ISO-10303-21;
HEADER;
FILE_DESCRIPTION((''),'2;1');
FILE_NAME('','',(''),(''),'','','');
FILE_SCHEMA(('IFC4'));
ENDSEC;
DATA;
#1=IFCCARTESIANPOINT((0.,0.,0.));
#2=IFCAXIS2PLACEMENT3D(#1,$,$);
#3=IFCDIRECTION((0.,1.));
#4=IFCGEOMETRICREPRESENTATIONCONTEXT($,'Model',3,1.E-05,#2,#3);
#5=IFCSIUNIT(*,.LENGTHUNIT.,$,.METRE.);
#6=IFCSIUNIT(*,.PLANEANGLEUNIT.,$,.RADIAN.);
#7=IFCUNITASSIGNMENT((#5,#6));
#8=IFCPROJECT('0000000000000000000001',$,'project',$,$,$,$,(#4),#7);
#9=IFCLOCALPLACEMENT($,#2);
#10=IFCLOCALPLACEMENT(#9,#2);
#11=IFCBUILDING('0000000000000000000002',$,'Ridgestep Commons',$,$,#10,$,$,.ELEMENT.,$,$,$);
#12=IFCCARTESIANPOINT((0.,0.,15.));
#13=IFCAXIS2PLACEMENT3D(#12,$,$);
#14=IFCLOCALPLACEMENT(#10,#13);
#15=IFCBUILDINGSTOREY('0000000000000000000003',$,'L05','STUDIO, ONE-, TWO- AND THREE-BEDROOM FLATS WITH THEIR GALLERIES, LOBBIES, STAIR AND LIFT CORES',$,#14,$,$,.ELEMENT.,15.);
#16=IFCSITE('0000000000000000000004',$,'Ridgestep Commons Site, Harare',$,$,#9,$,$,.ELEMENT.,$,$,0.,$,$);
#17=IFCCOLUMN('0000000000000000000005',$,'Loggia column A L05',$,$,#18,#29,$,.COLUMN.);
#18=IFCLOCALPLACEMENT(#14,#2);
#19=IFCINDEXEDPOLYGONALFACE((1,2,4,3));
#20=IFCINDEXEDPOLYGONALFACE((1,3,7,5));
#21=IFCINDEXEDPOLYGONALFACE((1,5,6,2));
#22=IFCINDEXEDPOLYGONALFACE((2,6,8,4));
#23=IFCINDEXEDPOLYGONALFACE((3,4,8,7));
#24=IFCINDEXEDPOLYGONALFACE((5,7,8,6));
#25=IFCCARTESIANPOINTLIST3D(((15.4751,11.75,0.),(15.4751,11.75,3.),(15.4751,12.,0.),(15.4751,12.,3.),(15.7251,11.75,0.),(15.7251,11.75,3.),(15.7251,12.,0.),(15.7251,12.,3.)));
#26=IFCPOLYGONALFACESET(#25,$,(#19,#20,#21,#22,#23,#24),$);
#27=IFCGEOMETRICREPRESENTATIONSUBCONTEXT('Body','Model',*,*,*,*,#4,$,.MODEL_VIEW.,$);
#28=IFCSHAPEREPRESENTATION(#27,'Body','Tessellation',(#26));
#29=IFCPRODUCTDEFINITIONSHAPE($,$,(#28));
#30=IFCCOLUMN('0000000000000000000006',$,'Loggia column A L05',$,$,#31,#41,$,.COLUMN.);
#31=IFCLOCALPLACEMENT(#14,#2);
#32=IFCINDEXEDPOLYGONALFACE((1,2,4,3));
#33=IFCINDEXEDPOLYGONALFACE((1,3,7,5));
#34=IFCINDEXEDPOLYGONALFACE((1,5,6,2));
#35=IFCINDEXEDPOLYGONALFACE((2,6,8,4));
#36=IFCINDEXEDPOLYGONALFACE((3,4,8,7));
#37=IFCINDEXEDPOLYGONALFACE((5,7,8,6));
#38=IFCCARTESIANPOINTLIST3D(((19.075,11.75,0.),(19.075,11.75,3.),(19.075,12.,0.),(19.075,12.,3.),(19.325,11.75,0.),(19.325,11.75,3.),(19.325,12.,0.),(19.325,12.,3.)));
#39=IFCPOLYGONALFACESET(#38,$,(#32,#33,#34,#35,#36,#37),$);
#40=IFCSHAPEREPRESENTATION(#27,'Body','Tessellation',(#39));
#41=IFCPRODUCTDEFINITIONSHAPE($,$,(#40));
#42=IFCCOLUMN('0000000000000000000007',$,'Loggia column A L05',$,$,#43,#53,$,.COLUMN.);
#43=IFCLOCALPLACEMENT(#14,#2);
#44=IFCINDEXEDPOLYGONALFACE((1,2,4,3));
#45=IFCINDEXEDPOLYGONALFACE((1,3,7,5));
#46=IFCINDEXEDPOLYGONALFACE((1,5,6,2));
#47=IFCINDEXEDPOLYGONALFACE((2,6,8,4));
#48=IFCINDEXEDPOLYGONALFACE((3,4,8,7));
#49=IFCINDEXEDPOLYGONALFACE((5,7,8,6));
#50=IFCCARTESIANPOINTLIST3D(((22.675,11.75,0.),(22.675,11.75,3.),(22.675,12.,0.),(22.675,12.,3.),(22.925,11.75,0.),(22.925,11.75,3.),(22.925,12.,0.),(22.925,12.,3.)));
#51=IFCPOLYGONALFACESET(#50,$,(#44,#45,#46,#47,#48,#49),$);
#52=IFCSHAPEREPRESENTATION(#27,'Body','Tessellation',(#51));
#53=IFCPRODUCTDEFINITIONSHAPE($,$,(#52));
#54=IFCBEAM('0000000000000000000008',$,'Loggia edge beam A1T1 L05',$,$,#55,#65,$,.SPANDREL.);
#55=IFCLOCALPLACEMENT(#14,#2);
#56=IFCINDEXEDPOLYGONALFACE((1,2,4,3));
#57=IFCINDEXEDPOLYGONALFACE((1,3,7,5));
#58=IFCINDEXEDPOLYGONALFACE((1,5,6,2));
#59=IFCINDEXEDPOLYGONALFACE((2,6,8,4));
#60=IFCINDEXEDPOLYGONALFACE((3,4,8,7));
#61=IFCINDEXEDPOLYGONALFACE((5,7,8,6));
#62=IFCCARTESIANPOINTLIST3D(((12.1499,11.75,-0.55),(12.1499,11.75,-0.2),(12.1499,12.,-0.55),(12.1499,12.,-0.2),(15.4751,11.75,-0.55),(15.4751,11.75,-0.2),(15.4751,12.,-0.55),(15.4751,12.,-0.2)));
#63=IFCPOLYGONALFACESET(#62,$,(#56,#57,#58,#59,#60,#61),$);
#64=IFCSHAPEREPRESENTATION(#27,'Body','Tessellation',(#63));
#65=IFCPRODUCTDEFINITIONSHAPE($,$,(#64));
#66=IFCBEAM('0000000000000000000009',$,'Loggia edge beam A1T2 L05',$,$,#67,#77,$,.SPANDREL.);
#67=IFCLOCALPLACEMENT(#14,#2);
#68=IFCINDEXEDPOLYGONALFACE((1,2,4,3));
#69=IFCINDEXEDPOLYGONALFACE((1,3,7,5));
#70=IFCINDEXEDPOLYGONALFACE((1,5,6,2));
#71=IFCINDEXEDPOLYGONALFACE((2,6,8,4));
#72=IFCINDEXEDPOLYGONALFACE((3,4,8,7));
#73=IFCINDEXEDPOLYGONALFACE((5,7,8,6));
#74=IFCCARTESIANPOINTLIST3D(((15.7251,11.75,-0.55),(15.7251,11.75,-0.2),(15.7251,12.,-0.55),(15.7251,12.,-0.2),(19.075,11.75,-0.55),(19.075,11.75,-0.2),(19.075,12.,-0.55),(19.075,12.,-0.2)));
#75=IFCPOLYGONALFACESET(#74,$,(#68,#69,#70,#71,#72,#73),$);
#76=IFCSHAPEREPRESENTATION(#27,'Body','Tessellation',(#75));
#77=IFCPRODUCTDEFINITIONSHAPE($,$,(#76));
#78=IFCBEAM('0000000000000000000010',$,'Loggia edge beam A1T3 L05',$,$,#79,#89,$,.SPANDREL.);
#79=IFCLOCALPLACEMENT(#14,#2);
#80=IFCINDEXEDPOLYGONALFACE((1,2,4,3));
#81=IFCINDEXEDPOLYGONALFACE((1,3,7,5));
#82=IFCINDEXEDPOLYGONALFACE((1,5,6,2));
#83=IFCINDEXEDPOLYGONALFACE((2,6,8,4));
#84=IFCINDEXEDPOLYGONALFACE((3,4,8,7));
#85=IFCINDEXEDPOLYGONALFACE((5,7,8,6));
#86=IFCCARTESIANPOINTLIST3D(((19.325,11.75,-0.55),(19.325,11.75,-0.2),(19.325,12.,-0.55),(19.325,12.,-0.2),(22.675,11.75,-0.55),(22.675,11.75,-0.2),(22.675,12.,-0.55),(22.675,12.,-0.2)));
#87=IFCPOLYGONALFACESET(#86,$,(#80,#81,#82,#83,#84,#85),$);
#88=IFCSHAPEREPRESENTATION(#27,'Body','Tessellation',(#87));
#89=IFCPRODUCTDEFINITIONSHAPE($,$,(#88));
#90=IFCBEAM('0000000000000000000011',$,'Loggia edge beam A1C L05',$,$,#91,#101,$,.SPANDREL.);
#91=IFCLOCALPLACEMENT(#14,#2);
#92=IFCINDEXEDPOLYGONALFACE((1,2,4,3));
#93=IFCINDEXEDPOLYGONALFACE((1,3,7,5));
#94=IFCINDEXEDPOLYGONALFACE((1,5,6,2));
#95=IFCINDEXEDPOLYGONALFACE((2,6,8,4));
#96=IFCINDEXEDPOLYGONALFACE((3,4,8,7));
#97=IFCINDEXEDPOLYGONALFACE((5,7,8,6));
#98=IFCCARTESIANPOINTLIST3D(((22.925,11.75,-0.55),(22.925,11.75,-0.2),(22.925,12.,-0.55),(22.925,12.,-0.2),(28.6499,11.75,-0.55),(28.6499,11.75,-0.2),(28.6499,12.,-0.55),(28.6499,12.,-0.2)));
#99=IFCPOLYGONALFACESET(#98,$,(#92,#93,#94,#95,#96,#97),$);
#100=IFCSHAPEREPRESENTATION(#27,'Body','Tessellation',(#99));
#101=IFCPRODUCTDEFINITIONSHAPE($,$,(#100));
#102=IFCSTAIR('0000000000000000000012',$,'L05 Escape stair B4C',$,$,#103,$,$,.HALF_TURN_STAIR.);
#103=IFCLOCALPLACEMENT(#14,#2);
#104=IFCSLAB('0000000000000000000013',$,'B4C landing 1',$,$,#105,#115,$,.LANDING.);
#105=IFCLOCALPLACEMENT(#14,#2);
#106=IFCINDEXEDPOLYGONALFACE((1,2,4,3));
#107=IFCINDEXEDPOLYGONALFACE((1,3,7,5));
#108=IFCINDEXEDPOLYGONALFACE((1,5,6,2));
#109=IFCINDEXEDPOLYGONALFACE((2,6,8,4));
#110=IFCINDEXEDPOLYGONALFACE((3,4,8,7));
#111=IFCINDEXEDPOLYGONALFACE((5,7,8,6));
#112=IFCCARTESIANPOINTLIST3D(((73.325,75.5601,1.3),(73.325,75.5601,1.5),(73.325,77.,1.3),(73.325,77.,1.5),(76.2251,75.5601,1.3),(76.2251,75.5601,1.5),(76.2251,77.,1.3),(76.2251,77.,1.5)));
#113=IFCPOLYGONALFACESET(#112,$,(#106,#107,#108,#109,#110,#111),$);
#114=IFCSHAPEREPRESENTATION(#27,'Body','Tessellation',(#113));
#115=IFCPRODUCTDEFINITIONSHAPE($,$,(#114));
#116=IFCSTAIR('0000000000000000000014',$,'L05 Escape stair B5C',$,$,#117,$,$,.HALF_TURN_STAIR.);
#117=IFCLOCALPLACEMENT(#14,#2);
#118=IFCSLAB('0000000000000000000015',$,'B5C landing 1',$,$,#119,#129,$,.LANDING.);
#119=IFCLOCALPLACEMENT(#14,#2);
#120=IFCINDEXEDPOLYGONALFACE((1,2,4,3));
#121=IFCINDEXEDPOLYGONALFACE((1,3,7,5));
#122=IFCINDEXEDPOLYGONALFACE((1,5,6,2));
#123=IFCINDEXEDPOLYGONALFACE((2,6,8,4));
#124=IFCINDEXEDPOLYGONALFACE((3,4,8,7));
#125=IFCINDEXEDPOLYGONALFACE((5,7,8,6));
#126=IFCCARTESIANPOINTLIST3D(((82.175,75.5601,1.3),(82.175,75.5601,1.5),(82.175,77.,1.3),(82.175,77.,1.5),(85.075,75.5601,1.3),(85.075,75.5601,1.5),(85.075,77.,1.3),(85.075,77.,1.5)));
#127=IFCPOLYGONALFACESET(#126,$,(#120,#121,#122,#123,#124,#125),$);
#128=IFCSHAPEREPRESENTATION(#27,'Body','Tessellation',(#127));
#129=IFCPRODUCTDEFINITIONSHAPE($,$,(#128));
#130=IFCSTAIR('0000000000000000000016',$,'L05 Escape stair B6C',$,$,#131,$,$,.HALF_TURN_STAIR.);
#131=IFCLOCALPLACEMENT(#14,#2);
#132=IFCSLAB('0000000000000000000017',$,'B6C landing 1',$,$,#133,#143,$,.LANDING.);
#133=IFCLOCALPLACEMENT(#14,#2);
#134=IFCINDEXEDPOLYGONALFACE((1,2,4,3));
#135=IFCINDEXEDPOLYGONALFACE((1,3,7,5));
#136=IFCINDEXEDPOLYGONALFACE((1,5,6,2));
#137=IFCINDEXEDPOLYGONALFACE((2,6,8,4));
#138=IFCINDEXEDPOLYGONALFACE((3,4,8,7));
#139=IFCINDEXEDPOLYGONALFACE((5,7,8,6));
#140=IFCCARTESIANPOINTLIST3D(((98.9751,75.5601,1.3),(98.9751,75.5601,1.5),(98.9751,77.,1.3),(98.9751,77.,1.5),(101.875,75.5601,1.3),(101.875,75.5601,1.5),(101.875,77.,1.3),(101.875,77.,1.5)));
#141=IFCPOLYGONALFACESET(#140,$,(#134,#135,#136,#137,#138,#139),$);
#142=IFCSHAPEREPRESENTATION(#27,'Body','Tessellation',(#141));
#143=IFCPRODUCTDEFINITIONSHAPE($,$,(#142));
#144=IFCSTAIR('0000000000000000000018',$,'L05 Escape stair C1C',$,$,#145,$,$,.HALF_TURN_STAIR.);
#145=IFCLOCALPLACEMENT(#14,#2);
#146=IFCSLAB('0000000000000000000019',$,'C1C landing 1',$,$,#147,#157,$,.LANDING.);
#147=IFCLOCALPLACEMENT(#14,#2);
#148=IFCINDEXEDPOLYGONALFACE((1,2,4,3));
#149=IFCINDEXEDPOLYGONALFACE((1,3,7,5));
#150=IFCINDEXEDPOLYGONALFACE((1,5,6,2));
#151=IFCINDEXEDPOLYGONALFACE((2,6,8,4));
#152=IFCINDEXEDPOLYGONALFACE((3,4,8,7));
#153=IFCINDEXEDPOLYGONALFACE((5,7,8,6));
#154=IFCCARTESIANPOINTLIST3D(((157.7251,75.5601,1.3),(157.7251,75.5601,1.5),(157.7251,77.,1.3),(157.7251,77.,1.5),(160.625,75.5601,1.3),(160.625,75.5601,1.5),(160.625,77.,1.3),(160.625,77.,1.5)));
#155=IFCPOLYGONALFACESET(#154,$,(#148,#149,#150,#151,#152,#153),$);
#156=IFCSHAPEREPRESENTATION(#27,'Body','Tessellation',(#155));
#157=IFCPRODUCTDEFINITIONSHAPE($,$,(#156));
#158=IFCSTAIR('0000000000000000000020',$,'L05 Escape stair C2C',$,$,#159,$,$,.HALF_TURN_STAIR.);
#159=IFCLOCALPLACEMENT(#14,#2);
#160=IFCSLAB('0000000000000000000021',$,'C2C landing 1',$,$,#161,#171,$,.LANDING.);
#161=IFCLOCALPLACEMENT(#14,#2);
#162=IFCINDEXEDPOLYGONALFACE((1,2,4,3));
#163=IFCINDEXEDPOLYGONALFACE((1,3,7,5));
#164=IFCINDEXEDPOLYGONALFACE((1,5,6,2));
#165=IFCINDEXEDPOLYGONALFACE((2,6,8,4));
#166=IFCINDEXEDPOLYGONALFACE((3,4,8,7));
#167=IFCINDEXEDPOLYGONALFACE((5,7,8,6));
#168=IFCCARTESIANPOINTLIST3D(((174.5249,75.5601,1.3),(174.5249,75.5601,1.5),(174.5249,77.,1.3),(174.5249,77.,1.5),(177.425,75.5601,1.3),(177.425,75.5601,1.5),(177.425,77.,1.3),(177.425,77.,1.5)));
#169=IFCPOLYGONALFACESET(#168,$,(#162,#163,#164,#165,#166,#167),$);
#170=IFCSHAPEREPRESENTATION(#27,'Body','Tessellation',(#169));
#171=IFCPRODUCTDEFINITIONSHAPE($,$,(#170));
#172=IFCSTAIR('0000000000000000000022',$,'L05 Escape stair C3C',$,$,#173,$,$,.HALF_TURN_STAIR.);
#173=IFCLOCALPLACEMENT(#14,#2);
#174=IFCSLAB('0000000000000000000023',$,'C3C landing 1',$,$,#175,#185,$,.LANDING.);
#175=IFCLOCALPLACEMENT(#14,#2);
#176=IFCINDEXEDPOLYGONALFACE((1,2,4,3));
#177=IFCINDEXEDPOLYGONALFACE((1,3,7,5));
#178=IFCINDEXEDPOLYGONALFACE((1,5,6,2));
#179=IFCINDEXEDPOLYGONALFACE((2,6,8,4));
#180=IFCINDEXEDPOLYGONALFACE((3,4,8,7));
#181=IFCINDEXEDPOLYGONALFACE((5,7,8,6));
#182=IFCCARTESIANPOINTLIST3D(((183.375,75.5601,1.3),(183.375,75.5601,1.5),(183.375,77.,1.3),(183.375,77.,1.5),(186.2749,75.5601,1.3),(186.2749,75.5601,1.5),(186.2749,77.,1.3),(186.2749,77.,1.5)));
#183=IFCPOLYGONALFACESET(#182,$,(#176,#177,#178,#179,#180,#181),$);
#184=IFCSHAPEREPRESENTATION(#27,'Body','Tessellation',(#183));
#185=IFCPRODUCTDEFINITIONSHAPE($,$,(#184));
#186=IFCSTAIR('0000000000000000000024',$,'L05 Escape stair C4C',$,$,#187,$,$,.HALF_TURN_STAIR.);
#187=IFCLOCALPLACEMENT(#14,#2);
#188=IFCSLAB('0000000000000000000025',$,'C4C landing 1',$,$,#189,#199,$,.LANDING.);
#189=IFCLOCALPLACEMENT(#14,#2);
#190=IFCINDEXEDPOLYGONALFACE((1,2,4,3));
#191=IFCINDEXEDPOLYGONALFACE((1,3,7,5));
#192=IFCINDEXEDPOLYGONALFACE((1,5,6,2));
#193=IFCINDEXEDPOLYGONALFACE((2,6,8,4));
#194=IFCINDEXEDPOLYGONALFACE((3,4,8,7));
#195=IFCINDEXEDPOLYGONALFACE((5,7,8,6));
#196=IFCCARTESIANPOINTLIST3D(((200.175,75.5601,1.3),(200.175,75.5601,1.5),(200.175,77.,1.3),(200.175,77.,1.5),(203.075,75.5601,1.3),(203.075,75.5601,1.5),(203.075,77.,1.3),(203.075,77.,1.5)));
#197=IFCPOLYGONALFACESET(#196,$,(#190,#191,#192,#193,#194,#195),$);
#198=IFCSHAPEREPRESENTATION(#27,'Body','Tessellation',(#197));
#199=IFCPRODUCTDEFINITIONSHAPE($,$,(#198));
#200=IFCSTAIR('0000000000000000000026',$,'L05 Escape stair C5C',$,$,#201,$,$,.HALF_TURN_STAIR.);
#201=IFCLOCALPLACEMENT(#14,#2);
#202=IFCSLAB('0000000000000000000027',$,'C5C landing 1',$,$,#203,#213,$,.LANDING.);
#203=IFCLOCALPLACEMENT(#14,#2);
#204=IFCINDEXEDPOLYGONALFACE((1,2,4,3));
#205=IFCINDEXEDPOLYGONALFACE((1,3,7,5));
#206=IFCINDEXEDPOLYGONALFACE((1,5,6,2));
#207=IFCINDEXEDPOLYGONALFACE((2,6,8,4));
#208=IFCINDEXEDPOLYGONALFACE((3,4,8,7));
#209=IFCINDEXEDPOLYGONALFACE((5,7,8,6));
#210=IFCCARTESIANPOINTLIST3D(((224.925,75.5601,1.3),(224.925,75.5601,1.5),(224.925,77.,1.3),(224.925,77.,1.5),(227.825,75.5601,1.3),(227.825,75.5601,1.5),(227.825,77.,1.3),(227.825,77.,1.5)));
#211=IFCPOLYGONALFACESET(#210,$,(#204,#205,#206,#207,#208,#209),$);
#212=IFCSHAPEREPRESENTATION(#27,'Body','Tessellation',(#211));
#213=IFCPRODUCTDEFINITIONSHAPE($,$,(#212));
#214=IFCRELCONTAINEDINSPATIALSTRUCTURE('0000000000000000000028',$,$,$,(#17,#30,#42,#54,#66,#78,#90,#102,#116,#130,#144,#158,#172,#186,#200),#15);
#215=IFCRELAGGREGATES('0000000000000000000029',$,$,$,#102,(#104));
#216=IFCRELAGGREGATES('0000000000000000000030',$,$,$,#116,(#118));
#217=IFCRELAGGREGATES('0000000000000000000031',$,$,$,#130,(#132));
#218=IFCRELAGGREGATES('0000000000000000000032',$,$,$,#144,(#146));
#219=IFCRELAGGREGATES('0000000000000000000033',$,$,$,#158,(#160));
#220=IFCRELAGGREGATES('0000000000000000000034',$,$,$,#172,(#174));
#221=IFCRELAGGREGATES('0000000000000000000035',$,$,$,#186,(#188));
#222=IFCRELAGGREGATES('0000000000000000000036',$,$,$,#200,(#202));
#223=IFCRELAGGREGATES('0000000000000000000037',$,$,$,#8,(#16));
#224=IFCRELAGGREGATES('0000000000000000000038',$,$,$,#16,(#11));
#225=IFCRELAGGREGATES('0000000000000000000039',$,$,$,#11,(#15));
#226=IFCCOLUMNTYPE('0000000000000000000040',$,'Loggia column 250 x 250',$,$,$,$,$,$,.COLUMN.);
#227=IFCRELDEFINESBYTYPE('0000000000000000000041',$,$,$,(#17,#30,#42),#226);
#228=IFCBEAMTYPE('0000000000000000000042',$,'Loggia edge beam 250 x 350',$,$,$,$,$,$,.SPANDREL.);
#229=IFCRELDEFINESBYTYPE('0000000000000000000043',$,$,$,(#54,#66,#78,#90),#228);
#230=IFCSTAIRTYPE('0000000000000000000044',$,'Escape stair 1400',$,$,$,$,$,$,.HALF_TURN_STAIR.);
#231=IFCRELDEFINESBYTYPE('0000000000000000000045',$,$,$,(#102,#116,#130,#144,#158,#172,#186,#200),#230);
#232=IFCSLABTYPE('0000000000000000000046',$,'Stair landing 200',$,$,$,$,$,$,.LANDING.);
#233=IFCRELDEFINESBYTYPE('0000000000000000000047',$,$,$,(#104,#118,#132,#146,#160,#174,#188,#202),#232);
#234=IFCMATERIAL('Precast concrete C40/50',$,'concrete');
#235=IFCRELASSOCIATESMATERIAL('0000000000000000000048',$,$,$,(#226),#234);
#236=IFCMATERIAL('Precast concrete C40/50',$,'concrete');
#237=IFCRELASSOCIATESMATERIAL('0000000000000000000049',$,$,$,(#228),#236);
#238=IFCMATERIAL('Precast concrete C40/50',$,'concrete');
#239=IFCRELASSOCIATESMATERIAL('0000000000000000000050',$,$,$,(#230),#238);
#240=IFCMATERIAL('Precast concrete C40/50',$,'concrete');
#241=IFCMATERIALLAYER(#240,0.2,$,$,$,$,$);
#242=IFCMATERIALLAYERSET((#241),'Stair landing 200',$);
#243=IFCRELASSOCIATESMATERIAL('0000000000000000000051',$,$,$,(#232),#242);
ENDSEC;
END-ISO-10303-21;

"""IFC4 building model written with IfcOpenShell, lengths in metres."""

from ifc_helpers import new_model, si_unit, direction, frame, origin, origin_2d, place, context, subcontext, project, spatial, polyline, rectangle, outline, extrude, material, layer, layer_set, material_profile, profile_set, type_object, element, aggregate, save


model = new_model("IFC4")

# Units and contexts
model_context = context("Model", 3, precision=1e-05, world=origin(), true_north=direction((0.0, 1.0)))
body_context = subcontext(model_context, "Body", "Model", "MODEL_VIEW")
ifc_project = project(units=[si_unit("LENGTHUNIT", "METRE"), si_unit("PLANEANGLEUNIT", "RADIAN")], contexts=[model_context])

# Site, building, storey
site_placement = place(None, origin())
site = spatial("IfcSite", under=ifc_project, at=site_placement, Name="Ridgestep Commons Site, Harare", CompositionType="ELEMENT", RefElevation=0.0)
building_placement = place(site_placement, origin())
building = spatial("IfcBuilding", under=site, at=building_placement, Name="Ridgestep Commons", CompositionType="ELEMENT")
storey_placement = place(building_placement, frame((0.0, 0.0, 15.0)))
storey = spatial("IfcBuildingStorey", under=building, at=storey_placement, Name="L05", Description="STUDIO, ONE-, TWO- AND THREE-BEDROOM FLATS WITH THEIR GALLERIES, LOBBIES, STAIR AND LIFT CORES", CompositionType="ELEMENT", Elevation=15.0)

# Columns
ifc_material_1 = material(Name="Precast concrete C40/50", Category="concrete")
ifc_material_profile_1 = material_profile(ifc_material_1, rectangle(XDim=0.25, YDim=0.25, at=origin_2d()), Name="PC 250x250")
ifc_profile_set_1 = profile_set([ifc_material_profile_1], Name="Precast concrete C40/50")
column_type = type_object("IfcColumnType", Name="Loggia column 250 x 250", PredefinedType="COLUMN", material=ifc_profile_set_1)
for number, where, z_axis, x_axis, name in (
    (1, (15.6001, 11.875, 0.0), (0.0, 0.0, 1.0), (1.0, 0.0, 0.0), "Loggia column A L05"),
    (2, (19.2, 11.875, 0.0), (0.0, 0.0, 1.0), (1.0, 0.0, 0.0), "Loggia column A L05"),
    (3, (22.8, 11.875, 0.0), (0.0, 0.0, 1.0), (1.0, 0.0, 0.0), "Loggia column A L05"),
):
    element("IfcColumn", number, at=place(storey_placement, frame(where, z_axis=z_axis, x_axis=x_axis)), inside=storey, type_object=column_type, Name=name, PredefinedType="COLUMN", context=body_context, shape_type="SweptSolid", body=[
        extrude(rectangle(XDim=0.25, YDim=0.25, at=origin_2d()), origin(), (0.0, 0.0, 1.0), 3.0),
    ])

# Beams
ifc_material_2 = material(Name="Precast concrete C40/50", Category="concrete")
ifc_material_profile_2 = material_profile(ifc_material_2, rectangle(XDim=0.25, YDim=0.3501, at=origin_2d()), Name="PC 250x350")
ifc_profile_set_2 = profile_set([ifc_material_profile_2], Name="Precast concrete C40/50")
beam_type = type_object("IfcBeamType", Name="Loggia edge beam 250 x 350", PredefinedType="SPANDREL", material=ifc_profile_set_2)
beam_1_placement = place(storey_placement, frame((12.1499, 11.875, -0.375), z_axis=(1.0, 0.0, 0.0), x_axis=(0.0, 1.0, 0.0)))
element("IfcBeam", 4, at=beam_1_placement, inside=storey, type_object=beam_type, Name="Loggia edge beam A1T1 L05", PredefinedType="SPANDREL", context=body_context, shape_type="SweptSolid", body=[
    extrude(rectangle(XDim=0.25, YDim=0.3501, at=origin_2d()), origin(), (0.0, 0.0, 1.0), 3.3252),
])
beam_2_placement = place(storey_placement, frame((15.7251, 11.875, -0.375), z_axis=(1.0, 0.0, 0.0), x_axis=(0.0, 1.0, 0.0)))
element("IfcBeam", 5, at=beam_2_placement, inside=storey, type_object=beam_type, Name="Loggia edge beam A1T2 L05", PredefinedType="SPANDREL", context=body_context, shape_type="SweptSolid", body=[
    extrude(rectangle(XDim=0.25, YDim=0.3501, at=origin_2d()), origin(), (0.0, 0.0, 1.0), 3.3499),
])
beam_3_placement = place(storey_placement, frame((19.325, 11.875, -0.375), z_axis=(1.0, 0.0, 0.0), x_axis=(0.0, 1.0, 0.0)))
element("IfcBeam", 6, at=beam_3_placement, inside=storey, type_object=beam_type, Name="Loggia edge beam A1T3 L05", PredefinedType="SPANDREL", context=body_context, shape_type="SweptSolid", body=[
    extrude(rectangle(XDim=0.25, YDim=0.3501, at=origin_2d()), origin(), (0.0, 0.0, 1.0), 3.3501),
])
beam_4_placement = place(storey_placement, frame((22.925, 11.875, -0.375), z_axis=(1.0, 0.0, 0.0), x_axis=(0.0, 1.0, 0.0)))
element("IfcBeam", 7, at=beam_4_placement, inside=storey, type_object=beam_type, Name="Loggia edge beam A1C L05", PredefinedType="SPANDREL", context=body_context, shape_type="SweptSolid", body=[
    extrude(rectangle(XDim=0.25, YDim=0.3501, at=origin_2d()), origin(), (0.0, 0.0, 1.0), 5.7249),
])

# Stairs, slabs
ifc_material_3 = material(Name="Precast concrete C40/50", Category="concrete")
stair_type = type_object("IfcStairType", Name="Escape stair 1400", PredefinedType="HALF_TURN_STAIR", material=ifc_material_3)
stair_1_placement = place(storey_placement, origin())
stair_1 = element("IfcStair", 8, at=stair_1_placement, inside=storey, type_object=stair_type, Name="L05 Escape stair B4C", PredefinedType="HALF_TURN_STAIR")
ifc_material_4 = material(Name="Precast concrete C40/50", Category="concrete")
ifc_layer_1 = layer(ifc_material_4, 0.2)
ifc_layer_set_1 = layer_set([ifc_layer_1], Name="Stair landing 200")
slab_type = type_object("IfcSlabType", Name="Stair landing 200", PredefinedType="LANDING", material=ifc_layer_set_1)
slab_1_placement = place(storey_placement, frame((0.0, 0.0, 1.3)))
slab_1 = element("IfcSlab", 9, at=slab_1_placement, type_object=slab_type, Name="B4C landing 1", PredefinedType="LANDING", context=body_context, shape_type="SweptSolid", body=[
    extrude(outline(polyline([(76.2251, 75.5601), (76.2251, 77.0), (73.325, 77.0), (73.325, 75.5601), (76.2251, 75.5601)])), origin(), (0.0, 0.0, 1.0), 0.2),
])
aggregate(stair_1, [slab_1])
stair_2_placement = place(storey_placement, origin())
stair_2 = element("IfcStair", 10, at=stair_2_placement, inside=storey, type_object=stair_type, Name="L05 Escape stair B5C", PredefinedType="HALF_TURN_STAIR")
slab_2_placement = place(storey_placement, frame((0.0, 0.0, 1.3)))
slab_2 = element("IfcSlab", 11, at=slab_2_placement, type_object=slab_type, Name="B5C landing 1", PredefinedType="LANDING", context=body_context, shape_type="SweptSolid", body=[
    extrude(outline(polyline([(85.075, 75.5601), (85.075, 77.0), (82.175, 77.0), (82.175, 75.5601), (85.075, 75.5601)])), origin(), (0.0, 0.0, 1.0), 0.2),
])
aggregate(stair_2, [slab_2])
stair_3_placement = place(storey_placement, origin())
stair_3 = element("IfcStair", 12, at=stair_3_placement, inside=storey, type_object=stair_type, Name="L05 Escape stair B6C", PredefinedType="HALF_TURN_STAIR")
slab_3_placement = place(storey_placement, frame((0.0, 0.0, 1.3)))
slab_3 = element("IfcSlab", 13, at=slab_3_placement, type_object=slab_type, Name="B6C landing 1", PredefinedType="LANDING", context=body_context, shape_type="SweptSolid", body=[
    extrude(outline(polyline([(101.875, 75.5601), (101.875, 77.0), (98.9751, 77.0), (98.9751, 75.5601), (101.875, 75.5601)])), origin(), (0.0, 0.0, 1.0), 0.2),
])
aggregate(stair_3, [slab_3])
stair_4_placement = place(storey_placement, origin())
stair_4 = element("IfcStair", 14, at=stair_4_placement, inside=storey, type_object=stair_type, Name="L05 Escape stair C1C", PredefinedType="HALF_TURN_STAIR")
slab_4_placement = place(storey_placement, frame((0.0, 0.0, 1.3)))
slab_4 = element("IfcSlab", 15, at=slab_4_placement, type_object=slab_type, Name="C1C landing 1", PredefinedType="LANDING", context=body_context, shape_type="SweptSolid", body=[
    extrude(outline(polyline([(160.625, 75.5601), (160.625, 77.0), (157.7251, 77.0), (157.7251, 75.5601), (160.625, 75.5601)])), origin(), (0.0, 0.0, 1.0), 0.2),
])
aggregate(stair_4, [slab_4])
stair_5_placement = place(storey_placement, origin())
stair_5 = element("IfcStair", 16, at=stair_5_placement, inside=storey, type_object=stair_type, Name="L05 Escape stair C2C", PredefinedType="HALF_TURN_STAIR")
slab_5_placement = place(storey_placement, frame((0.0, 0.0, 1.3)))
slab_5 = element("IfcSlab", 17, at=slab_5_placement, type_object=slab_type, Name="C2C landing 1", PredefinedType="LANDING", context=body_context, shape_type="SweptSolid", body=[
    extrude(outline(polyline([(177.425, 75.5601), (177.425, 77.0), (174.5249, 77.0), (174.5249, 75.5601), (177.425, 75.5601)])), origin(), (0.0, 0.0, 1.0), 0.2),
])
aggregate(stair_5, [slab_5])
stair_6_placement = place(storey_placement, origin())
stair_6 = element("IfcStair", 18, at=stair_6_placement, inside=storey, type_object=stair_type, Name="L05 Escape stair C3C", PredefinedType="HALF_TURN_STAIR")
slab_6_placement = place(storey_placement, frame((0.0, 0.0, 1.3)))
slab_6 = element("IfcSlab", 19, at=slab_6_placement, type_object=slab_type, Name="C3C landing 1", PredefinedType="LANDING", context=body_context, shape_type="SweptSolid", body=[
    extrude(outline(polyline([(186.2749, 75.5601), (186.2749, 77.0), (183.375, 77.0), (183.375, 75.5601), (186.2749, 75.5601)])), origin(), (0.0, 0.0, 1.0), 0.2),
])
aggregate(stair_6, [slab_6])
stair_7_placement = place(storey_placement, origin())
stair_7 = element("IfcStair", 20, at=stair_7_placement, inside=storey, type_object=stair_type, Name="L05 Escape stair C4C", PredefinedType="HALF_TURN_STAIR")
slab_7_placement = place(storey_placement, frame((0.0, 0.0, 1.3)))
slab_7 = element("IfcSlab", 21, at=slab_7_placement, type_object=slab_type, Name="C4C landing 1", PredefinedType="LANDING", context=body_context, shape_type="SweptSolid", body=[
    extrude(outline(polyline([(203.075, 75.5601), (203.075, 77.0), (200.175, 77.0), (200.175, 75.5601), (203.075, 75.5601)])), origin(), (0.0, 0.0, 1.0), 0.2),
])
aggregate(stair_7, [slab_7])
stair_8_placement = place(storey_placement, origin())
stair_8 = element("IfcStair", 22, at=stair_8_placement, inside=storey, type_object=stair_type, Name="L05 Escape stair C5C", PredefinedType="HALF_TURN_STAIR")
slab_8_placement = place(storey_placement, frame((0.0, 0.0, 1.3)))
slab_8 = element("IfcSlab", 23, at=slab_8_placement, type_object=slab_type, Name="C5C landing 1", PredefinedType="LANDING", context=body_context, shape_type="SweptSolid", body=[
    extrude(outline(polyline([(227.825, 75.5601), (227.825, 77.0), (224.925, 77.0), (224.925, 75.5601), (227.825, 75.5601)])), origin(), (0.0, 0.0, 1.0), 0.2),
])
aggregate(stair_8, [slab_8])

save(model, "model.ifc")
